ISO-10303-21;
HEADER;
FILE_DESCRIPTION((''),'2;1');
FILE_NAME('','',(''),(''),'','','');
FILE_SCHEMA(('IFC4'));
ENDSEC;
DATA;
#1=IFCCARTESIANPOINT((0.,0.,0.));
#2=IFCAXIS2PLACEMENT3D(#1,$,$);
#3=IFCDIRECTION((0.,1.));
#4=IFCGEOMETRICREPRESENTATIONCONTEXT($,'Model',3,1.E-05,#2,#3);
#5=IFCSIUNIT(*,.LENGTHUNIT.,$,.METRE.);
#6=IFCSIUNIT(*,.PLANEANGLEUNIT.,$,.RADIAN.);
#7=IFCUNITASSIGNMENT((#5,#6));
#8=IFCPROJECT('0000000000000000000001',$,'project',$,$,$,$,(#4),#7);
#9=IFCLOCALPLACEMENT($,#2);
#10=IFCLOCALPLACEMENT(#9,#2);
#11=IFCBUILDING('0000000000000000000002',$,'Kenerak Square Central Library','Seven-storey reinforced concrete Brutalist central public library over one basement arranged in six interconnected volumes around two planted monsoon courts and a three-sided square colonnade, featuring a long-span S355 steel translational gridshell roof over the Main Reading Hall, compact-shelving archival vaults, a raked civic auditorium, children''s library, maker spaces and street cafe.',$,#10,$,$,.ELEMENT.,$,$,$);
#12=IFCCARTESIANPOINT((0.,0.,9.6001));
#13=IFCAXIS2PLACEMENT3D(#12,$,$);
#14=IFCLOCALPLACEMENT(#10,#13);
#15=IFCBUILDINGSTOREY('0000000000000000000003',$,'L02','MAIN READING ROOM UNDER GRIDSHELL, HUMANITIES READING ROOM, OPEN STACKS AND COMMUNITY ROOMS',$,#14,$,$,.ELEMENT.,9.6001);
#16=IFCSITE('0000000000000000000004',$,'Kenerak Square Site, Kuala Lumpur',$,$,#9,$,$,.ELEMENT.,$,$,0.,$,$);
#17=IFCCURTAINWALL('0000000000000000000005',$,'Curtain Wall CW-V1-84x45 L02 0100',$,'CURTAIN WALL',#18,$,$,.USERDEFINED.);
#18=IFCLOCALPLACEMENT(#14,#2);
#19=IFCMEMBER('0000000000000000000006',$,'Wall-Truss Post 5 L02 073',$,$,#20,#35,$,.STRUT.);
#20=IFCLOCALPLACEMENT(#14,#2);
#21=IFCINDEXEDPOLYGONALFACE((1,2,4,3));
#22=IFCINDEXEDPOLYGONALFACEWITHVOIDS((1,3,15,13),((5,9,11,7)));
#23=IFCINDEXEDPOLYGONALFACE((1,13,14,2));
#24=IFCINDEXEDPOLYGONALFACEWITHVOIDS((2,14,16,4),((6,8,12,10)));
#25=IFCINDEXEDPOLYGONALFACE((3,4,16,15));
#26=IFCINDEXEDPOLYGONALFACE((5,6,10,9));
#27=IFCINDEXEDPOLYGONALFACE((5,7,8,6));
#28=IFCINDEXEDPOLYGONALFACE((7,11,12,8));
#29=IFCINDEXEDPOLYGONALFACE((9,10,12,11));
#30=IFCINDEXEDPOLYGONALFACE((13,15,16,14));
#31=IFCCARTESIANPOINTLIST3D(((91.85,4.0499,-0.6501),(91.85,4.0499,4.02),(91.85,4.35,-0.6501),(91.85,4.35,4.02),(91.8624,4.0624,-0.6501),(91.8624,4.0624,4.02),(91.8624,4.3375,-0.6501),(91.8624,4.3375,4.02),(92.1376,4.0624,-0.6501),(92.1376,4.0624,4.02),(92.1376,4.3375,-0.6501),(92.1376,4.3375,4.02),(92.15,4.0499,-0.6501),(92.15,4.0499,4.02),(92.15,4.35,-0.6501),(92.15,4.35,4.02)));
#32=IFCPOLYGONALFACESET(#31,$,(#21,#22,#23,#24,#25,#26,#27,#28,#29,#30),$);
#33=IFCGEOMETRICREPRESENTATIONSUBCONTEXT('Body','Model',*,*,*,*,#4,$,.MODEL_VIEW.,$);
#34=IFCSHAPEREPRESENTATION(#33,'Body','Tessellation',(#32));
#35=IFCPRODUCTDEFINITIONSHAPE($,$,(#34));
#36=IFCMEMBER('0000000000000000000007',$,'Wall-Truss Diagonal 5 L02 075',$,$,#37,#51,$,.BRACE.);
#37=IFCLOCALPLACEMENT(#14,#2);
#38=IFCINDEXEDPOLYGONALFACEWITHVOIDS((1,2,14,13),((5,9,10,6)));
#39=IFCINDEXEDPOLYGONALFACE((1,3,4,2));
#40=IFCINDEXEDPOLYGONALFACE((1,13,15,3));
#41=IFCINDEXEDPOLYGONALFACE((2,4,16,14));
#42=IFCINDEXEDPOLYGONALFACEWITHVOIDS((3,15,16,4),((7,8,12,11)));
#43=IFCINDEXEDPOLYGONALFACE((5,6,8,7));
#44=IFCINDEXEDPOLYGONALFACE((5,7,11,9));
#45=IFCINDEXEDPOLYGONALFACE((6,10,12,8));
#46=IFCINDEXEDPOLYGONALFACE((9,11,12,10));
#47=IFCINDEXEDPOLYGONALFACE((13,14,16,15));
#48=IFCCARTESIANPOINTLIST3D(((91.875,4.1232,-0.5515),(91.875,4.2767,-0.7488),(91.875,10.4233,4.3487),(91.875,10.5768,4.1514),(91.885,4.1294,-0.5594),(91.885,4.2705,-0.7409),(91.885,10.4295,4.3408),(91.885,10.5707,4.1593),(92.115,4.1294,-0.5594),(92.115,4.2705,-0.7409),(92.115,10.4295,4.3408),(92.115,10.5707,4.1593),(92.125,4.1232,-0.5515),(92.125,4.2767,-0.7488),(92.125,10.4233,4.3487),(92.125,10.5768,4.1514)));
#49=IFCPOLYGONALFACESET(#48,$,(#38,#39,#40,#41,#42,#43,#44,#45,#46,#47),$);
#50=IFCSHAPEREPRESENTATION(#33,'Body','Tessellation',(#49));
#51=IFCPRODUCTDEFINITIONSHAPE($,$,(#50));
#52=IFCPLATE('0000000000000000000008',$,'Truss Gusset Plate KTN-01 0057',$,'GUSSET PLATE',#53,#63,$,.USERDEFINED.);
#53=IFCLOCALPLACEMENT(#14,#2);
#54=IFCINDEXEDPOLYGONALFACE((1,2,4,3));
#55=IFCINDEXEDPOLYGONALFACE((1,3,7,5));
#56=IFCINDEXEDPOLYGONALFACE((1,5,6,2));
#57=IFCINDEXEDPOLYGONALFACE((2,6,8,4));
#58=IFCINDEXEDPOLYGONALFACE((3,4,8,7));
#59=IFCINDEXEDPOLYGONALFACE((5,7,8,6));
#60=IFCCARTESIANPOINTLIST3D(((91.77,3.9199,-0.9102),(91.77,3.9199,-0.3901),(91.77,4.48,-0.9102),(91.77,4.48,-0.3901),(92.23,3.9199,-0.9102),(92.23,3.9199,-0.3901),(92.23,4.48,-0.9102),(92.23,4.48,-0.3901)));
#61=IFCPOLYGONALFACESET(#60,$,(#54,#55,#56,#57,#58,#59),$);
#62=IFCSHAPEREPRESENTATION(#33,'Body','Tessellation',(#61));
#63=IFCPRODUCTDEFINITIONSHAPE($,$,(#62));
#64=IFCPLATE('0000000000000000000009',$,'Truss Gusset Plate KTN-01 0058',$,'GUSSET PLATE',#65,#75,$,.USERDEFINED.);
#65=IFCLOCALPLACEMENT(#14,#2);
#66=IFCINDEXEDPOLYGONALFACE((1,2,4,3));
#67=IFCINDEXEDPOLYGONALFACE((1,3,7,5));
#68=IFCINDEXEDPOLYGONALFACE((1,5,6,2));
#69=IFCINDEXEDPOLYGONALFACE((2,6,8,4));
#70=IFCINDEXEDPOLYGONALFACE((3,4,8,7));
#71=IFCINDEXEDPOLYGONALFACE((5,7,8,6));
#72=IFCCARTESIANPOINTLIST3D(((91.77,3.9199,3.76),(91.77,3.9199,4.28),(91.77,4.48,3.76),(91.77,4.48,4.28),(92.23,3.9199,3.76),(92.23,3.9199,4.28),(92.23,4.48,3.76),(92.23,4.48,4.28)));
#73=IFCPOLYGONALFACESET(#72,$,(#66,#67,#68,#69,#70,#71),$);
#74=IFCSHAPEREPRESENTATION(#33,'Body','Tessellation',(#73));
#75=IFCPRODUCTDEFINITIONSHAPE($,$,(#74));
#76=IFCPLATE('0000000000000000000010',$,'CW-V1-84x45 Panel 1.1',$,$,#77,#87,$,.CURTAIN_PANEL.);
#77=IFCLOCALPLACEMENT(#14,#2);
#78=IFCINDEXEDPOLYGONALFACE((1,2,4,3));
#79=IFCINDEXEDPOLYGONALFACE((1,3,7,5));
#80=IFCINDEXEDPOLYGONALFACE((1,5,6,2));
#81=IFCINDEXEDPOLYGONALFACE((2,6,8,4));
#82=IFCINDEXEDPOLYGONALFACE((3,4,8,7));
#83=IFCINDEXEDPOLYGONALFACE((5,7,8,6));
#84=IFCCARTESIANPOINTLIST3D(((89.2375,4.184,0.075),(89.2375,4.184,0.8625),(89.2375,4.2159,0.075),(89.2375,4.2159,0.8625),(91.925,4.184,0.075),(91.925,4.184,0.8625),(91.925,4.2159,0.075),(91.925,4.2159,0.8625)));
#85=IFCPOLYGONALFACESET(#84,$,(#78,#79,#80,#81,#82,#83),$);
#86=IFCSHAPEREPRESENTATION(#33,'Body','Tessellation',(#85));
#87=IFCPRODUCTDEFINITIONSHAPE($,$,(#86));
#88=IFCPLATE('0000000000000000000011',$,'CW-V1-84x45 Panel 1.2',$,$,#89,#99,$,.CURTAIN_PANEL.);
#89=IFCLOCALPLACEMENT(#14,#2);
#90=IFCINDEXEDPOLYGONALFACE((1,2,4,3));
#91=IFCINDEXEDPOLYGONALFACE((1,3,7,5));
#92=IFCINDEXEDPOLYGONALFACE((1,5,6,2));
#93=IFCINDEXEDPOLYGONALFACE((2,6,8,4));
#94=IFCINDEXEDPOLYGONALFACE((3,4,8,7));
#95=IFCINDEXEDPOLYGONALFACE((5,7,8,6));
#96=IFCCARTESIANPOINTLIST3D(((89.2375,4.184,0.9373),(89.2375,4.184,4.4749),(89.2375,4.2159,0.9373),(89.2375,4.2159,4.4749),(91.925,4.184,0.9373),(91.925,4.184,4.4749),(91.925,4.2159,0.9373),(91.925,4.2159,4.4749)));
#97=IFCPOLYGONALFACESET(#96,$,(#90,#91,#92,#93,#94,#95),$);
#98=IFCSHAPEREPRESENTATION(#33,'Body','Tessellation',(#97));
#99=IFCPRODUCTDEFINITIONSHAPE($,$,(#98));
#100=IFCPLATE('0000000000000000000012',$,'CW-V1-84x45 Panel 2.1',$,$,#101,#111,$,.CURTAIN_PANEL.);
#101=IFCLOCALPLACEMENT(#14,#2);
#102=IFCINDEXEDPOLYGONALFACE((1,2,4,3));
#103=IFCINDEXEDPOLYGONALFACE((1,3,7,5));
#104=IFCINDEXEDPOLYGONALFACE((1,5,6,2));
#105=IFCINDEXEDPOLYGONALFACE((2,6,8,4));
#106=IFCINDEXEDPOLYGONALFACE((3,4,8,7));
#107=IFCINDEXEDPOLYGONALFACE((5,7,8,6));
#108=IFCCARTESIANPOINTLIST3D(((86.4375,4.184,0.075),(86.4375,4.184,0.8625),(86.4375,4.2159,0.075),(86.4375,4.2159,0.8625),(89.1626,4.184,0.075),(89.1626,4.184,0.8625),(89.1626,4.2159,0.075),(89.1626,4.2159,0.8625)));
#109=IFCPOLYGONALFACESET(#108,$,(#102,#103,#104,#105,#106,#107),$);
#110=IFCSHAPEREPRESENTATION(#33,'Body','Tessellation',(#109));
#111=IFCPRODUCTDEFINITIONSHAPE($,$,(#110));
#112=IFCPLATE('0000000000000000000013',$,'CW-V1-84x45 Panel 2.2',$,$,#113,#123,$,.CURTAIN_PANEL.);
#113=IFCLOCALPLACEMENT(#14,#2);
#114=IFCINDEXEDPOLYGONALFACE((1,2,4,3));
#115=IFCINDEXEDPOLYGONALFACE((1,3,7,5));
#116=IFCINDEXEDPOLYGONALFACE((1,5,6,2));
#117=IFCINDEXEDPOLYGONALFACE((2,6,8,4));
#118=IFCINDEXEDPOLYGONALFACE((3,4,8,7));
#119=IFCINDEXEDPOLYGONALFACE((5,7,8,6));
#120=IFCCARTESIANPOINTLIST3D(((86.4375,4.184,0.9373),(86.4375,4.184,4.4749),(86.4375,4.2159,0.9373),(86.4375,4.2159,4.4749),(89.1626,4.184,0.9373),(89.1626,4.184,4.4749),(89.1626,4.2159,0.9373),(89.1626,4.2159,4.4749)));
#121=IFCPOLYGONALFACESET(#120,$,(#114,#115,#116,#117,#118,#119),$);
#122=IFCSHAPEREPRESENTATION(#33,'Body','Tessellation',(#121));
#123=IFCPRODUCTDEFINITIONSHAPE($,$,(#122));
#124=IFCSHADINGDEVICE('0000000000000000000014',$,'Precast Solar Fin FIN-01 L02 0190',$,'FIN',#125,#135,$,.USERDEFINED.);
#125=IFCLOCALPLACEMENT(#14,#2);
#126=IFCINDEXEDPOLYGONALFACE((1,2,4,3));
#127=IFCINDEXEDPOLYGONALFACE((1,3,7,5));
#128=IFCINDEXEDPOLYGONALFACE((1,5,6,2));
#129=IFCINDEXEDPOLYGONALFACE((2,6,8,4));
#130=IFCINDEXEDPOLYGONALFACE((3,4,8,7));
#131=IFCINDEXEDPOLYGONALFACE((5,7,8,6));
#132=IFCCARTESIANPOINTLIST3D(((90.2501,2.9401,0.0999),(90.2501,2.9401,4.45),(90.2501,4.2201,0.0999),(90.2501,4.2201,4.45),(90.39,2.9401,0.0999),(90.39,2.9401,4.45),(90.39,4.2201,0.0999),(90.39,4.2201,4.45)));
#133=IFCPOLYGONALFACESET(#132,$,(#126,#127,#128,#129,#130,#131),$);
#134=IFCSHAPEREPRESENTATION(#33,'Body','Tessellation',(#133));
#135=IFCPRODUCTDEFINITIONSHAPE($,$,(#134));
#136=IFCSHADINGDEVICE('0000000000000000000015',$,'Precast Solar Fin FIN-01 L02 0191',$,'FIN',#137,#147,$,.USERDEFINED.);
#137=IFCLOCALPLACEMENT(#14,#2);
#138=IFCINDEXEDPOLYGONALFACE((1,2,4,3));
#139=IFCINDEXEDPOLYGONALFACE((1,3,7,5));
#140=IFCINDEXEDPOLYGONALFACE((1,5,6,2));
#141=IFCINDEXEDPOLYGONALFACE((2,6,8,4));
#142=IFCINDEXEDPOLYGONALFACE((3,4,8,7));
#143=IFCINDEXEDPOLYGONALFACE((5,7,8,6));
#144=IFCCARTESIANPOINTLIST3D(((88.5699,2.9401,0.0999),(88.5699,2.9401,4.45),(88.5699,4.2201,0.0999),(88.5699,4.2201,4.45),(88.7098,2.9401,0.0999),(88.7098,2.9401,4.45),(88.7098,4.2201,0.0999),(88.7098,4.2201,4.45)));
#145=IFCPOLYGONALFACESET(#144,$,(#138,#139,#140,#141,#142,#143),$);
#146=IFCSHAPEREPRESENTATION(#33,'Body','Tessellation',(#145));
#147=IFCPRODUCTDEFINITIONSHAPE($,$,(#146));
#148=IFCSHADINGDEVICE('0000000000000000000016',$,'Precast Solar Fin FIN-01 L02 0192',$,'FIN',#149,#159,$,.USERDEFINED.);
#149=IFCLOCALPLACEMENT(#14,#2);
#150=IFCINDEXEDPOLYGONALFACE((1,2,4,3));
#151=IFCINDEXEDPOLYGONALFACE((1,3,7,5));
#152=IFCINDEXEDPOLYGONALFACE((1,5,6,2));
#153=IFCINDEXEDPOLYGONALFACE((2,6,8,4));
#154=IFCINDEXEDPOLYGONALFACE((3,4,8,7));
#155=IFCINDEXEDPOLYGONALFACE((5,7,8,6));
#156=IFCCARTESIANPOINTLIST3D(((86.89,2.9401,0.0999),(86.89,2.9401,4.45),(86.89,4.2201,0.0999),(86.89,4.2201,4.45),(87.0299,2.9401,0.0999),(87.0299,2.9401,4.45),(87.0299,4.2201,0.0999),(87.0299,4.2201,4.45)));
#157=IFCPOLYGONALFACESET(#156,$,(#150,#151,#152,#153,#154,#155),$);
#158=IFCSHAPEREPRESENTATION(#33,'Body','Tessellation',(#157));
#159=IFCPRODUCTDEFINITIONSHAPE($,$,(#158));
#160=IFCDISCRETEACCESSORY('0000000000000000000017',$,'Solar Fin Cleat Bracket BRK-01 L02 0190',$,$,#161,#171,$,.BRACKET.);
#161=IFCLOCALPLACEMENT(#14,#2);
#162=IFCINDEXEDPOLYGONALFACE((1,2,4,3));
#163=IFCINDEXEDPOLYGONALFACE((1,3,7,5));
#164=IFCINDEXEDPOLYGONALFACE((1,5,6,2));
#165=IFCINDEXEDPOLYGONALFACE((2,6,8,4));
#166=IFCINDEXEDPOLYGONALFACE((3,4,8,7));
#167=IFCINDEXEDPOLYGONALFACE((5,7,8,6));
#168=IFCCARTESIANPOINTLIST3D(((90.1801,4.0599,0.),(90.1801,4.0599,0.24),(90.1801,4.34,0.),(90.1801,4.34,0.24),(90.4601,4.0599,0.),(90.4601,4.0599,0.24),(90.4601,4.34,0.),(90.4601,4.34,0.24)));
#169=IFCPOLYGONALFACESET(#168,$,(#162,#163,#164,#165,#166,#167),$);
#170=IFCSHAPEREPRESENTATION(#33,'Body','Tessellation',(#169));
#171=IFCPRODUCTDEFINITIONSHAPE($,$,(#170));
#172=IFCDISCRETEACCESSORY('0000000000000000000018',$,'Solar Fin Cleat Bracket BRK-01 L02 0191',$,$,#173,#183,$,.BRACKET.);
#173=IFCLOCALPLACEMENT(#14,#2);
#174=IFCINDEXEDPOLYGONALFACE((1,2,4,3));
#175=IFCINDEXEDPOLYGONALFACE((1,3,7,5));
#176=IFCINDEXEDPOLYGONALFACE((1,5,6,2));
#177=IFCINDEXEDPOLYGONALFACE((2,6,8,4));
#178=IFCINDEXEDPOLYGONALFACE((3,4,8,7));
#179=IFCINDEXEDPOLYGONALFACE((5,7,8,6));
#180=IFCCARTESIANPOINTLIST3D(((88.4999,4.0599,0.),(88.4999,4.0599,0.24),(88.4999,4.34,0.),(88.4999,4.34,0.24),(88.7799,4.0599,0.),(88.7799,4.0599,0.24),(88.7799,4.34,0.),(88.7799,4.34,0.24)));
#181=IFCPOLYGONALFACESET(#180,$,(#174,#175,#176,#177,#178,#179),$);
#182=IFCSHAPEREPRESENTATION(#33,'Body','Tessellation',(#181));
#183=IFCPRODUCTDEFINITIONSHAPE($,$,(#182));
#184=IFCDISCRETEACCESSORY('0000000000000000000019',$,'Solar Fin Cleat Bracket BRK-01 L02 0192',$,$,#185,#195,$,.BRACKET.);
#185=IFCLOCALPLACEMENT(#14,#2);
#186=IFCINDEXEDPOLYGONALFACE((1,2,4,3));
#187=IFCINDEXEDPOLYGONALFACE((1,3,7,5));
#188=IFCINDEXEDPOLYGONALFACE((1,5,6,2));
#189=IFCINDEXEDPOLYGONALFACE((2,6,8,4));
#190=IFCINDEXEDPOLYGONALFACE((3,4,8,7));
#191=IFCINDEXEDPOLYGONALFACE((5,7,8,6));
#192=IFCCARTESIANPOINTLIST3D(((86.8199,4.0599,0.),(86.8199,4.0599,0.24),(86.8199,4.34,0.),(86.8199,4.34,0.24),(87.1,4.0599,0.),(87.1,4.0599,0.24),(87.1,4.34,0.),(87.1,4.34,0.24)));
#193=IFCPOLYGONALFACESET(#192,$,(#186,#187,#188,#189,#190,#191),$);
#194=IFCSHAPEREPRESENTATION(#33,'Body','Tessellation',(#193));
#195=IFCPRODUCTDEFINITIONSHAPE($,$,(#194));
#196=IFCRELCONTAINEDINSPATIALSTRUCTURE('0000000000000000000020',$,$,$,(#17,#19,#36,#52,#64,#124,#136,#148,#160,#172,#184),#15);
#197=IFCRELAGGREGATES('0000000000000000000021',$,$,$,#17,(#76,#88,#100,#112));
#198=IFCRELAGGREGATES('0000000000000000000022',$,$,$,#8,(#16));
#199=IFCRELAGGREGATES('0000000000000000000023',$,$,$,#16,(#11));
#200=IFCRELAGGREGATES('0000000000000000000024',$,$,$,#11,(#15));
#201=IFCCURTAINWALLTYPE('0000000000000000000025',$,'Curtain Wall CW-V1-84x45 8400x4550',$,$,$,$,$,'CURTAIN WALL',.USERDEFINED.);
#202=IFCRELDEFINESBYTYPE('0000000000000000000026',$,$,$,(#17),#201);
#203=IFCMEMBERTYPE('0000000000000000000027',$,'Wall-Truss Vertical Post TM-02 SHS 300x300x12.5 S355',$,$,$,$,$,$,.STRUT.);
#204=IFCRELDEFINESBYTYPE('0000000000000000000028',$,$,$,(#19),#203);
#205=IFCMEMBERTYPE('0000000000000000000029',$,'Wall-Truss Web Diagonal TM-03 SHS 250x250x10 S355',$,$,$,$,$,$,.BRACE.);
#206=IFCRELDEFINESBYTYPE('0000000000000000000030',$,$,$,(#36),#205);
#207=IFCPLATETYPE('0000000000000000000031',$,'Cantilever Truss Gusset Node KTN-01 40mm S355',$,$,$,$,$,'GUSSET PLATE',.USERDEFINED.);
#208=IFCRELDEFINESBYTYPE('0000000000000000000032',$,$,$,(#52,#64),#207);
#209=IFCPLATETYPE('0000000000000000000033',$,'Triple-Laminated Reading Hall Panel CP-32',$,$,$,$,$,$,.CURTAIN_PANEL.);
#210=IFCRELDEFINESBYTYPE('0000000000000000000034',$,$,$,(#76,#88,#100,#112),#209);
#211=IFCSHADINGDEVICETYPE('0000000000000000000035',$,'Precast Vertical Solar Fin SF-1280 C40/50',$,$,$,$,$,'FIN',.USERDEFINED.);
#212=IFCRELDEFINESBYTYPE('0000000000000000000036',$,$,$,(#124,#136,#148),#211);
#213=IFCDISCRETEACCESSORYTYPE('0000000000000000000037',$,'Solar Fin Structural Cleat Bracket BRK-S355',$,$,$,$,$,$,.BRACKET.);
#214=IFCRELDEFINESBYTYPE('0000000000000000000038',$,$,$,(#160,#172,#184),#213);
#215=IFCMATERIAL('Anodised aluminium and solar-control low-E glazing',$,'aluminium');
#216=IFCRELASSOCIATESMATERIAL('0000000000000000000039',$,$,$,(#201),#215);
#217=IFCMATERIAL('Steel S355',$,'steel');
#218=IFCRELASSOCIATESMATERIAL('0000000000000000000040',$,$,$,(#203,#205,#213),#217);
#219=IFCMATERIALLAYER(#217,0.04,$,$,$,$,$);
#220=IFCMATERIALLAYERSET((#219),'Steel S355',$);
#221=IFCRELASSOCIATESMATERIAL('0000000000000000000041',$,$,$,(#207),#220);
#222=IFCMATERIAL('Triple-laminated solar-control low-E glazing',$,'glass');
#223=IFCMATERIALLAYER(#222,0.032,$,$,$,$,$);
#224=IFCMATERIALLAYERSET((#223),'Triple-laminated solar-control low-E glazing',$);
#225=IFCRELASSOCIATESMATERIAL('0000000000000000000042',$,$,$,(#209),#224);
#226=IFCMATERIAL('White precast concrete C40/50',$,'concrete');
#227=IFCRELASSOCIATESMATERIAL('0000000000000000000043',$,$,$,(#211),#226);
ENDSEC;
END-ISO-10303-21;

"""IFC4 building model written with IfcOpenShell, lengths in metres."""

from ifc_helpers import new_model, si_unit, direction, frame, origin, origin_2d, place, context, subcontext, project, spatial, rectangle, hollow_rectangle, extrude, material, layer, layer_set, material_profile, profile_set, type_object, element, aggregate, save


model = new_model("IFC4")

# Units and contexts
model_context = context("Model", 3, precision=1e-05, world=origin(), true_north=direction((0.0, 1.0)))
body_context = subcontext(model_context, "Body", "Model", "MODEL_VIEW")
ifc_project = project(units=[si_unit("LENGTHUNIT", "METRE"), si_unit("PLANEANGLEUNIT", "RADIAN")], contexts=[model_context])

# Site, building, storey
site_placement = place(None, origin())
site = spatial("IfcSite", under=ifc_project, at=site_placement, Name="Kenerak Square Site, Kuala Lumpur", CompositionType="ELEMENT", RefElevation=0.0)
building_placement = place(site_placement, origin())
building = spatial("IfcBuilding", under=site, at=building_placement, Name="Kenerak Square Central Library", Description="Seven-storey reinforced concrete Brutalist central public library over one basement arranged in six interconnected volumes around two planted monsoon courts and a three-sided square colonnade, featuring a long-span S355 steel translational gridshell roof over the Main Reading Hall, compact-shelving archival vaults, a raked civic auditorium, children's library, maker spaces and street cafe.", CompositionType="ELEMENT")
storey_placement = place(building_placement, frame((0.0, 0.0, 9.6001)))
storey = spatial("IfcBuildingStorey", under=building, at=storey_placement, Name="L02", Description="MAIN READING ROOM UNDER GRIDSHELL, HUMANITIES READING ROOM, OPEN STACKS AND COMMUNITY ROOMS", CompositionType="ELEMENT", Elevation=9.6001)

# Shared definitions
ifc_material_1 = material(Name="Anodised aluminium and solar-control low-E glazing", Category="aluminium")
curtain_wall_type = type_object("IfcCurtainWallType", Name="Curtain Wall CW-V1-84x45 8400x4550", ElementType="CURTAIN WALL", PredefinedType="USERDEFINED", material=ifc_material_1)

# Curtain wall
curtain_wall_1_placement = place(storey_placement, origin())
curtain_wall_1 = element("IfcCurtainWall", 1, at=curtain_wall_1_placement, inside=storey, type_object=curtain_wall_type, Name="Curtain Wall CW-V1-84x45 L02 0100", ObjectType="CURTAIN WALL", PredefinedType="USERDEFINED")

# Members
ifc_material_2 = material(Name="Steel S355", Category="steel")
ifc_material_profile_1 = material_profile(ifc_material_2, hollow_rectangle(XDim=0.3, YDim=0.3, WallThickness=0.0125, at=origin_2d()), Name="SHS 300x300x12.5")
ifc_profile_set_1 = profile_set([ifc_material_profile_1], Name="Steel S355")
member_type_1 = type_object("IfcMemberType", Name="Wall-Truss Vertical Post TM-02 SHS 300x300x12.5 S355", PredefinedType="STRUT", material=ifc_profile_set_1)
member_1_placement = place(storey_placement, frame((92.0, 4.2, -0.6501), z_axis=(0.0, 0.0, 1.0), x_axis=(1.0, 0.0, 0.0)))
element("IfcMember", 2, at=member_1_placement, inside=storey, type_object=member_type_1, Name="Wall-Truss Post 5 L02 073", PredefinedType="STRUT", context=body_context, shape_type="SweptSolid", body=[
    extrude(hollow_rectangle(XDim=0.3, YDim=0.3, WallThickness=0.0125, at=origin_2d()), origin(), (0.0, 0.0, 1.0), 4.6702),
])
ifc_material_profile_2 = material_profile(ifc_material_2, hollow_rectangle(XDim=0.25, YDim=0.25, WallThickness=0.01, at=origin_2d()), Name="SHS 250x250x10.0")
ifc_profile_set_2 = profile_set([ifc_material_profile_2], Name="Steel S355")
member_type_2 = type_object("IfcMemberType", Name="Wall-Truss Web Diagonal TM-03 SHS 250x250x10 S355", PredefinedType="BRACE", material=ifc_profile_set_2)
member_2_placement = place(storey_placement, frame((92.0, 4.2, -0.6501), z_axis=(0.0, 0.789346, 0.613949), x_axis=(-1.0, 0.0, 0.0)))
element("IfcMember", 3, at=member_2_placement, inside=storey, type_object=member_type_2, Name="Wall-Truss Diagonal 5 L02 075", PredefinedType="BRACE", context=body_context, shape_type="SweptSolid", body=[
    extrude(hollow_rectangle(XDim=0.25, YDim=0.25, WallThickness=0.01, at=origin_2d()), origin(), (0.0, 0.0, 1.0), 7.9814),
])

# Plates
ifc_layer_1 = layer(ifc_material_2, 0.04)
ifc_layer_set_1 = layer_set([ifc_layer_1], Name="Steel S355")
plate_type_1 = type_object("IfcPlateType", Name="Cantilever Truss Gusset Node KTN-01 40mm S355", ElementType="GUSSET PLATE", PredefinedType="USERDEFINED", material=ifc_layer_set_1)
for number, where, z_axis, x_axis, name in (
    (4, (92.0, 4.2, -0.9102), (0.0, 0.0, 1.0), (1.0, 0.0, 0.0), "Truss Gusset Plate KTN-01 0057"),
    (5, (92.0, 4.2, 3.76), (0.0, 0.0, 1.0), (1.0, 0.0, 0.0), "Truss Gusset Plate KTN-01 0058"),
):
    element("IfcPlate", number, at=place(storey_placement, frame(where, z_axis=z_axis, x_axis=x_axis)), inside=storey, type_object=plate_type_1, Name=name, ObjectType="GUSSET PLATE", PredefinedType="USERDEFINED", context=body_context, shape_type="SweptSolid", body=[
        extrude(rectangle(XDim=0.46, YDim=0.5601, at=origin_2d()), origin(), (0.0, 0.0, 1.0), 0.52),
    ])

# Plates
ifc_material_3 = material(Name="Triple-laminated solar-control low-E glazing", Category="glass")
ifc_layer_2 = layer(ifc_material_3, 0.032)
ifc_layer_set_2 = layer_set([ifc_layer_2], Name="Triple-laminated solar-control low-E glazing")
plate_type_2 = type_object("IfcPlateType", Name="Triple-Laminated Reading Hall Panel CP-32", PredefinedType="CURTAIN_PANEL", material=ifc_layer_set_2)
plate_1_placement = place(storey_placement, frame((90.5813, 4.2, 0.075), z_axis=(0.0, 0.0, 1.0), x_axis=(-1.0, 0.0, 0.0)))
plate_1 = element("IfcPlate", 6, at=plate_1_placement, type_object=plate_type_2, Name="CW-V1-84x45 Panel 1.1", PredefinedType="CURTAIN_PANEL", context=body_context, shape_type="SweptSolid", body=[
    extrude(rectangle(XDim=2.6875, YDim=0.032, at=origin_2d()), origin(), (0.0, 0.0, 1.0), 0.7876),
])
plate_2_placement = place(storey_placement, frame((90.5813, 4.2, 0.9373), z_axis=(0.0, 0.0, 1.0), x_axis=(-1.0, 0.0, 0.0)))
plate_2 = element("IfcPlate", 7, at=plate_2_placement, type_object=plate_type_2, Name="CW-V1-84x45 Panel 1.2", PredefinedType="CURTAIN_PANEL", context=body_context, shape_type="SweptSolid", body=[
    extrude(rectangle(XDim=2.6875, YDim=0.032, at=origin_2d()), origin(), (0.0, 0.0, 1.0), 3.5376),
])
plate_3_placement = place(storey_placement, frame((87.8, 4.2, 0.075), z_axis=(0.0, 0.0, 1.0), x_axis=(-1.0, 0.0, 0.0)))
plate_3 = element("IfcPlate", 8, at=plate_3_placement, type_object=plate_type_2, Name="CW-V1-84x45 Panel 2.1", PredefinedType="CURTAIN_PANEL", context=body_context, shape_type="SweptSolid", body=[
    extrude(rectangle(XDim=2.7251, YDim=0.032, at=origin_2d()), origin(), (0.0, 0.0, 1.0), 0.7876),
])
plate_4_placement = place(storey_placement, frame((87.8, 4.2, 0.9373), z_axis=(0.0, 0.0, 1.0), x_axis=(-1.0, 0.0, 0.0)))
plate_4 = element("IfcPlate", 9, at=plate_4_placement, type_object=plate_type_2, Name="CW-V1-84x45 Panel 2.2", PredefinedType="CURTAIN_PANEL", context=body_context, shape_type="SweptSolid", body=[
    extrude(rectangle(XDim=2.7251, YDim=0.032, at=origin_2d()), origin(), (0.0, 0.0, 1.0), 3.5376),
])
aggregate(curtain_wall_1, [plate_1, plate_2, plate_3, plate_4])

# Shading devices
ifc_material_4 = material(Name="White precast concrete C40/50", Category="concrete")
shading_device_type = type_object("IfcShadingDeviceType", Name="Precast Vertical Solar Fin SF-1280 C40/50", ElementType="FIN", PredefinedType="USERDEFINED", material=ifc_material_4)
for number, where, z_axis, x_axis, name in (
    (10, (90.3201, 3.5801, 0.0999), (0.0, 0.0, 1.0), (-1.0, 0.0, 0.0), "Precast Solar Fin FIN-01 L02 0190"),
    (11, (88.6399, 3.5801, 0.0999), (0.0, 0.0, 1.0), (-1.0, 0.0, 0.0), "Precast Solar Fin FIN-01 L02 0191"),
    (12, (86.96, 3.5801, 0.0999), (0.0, 0.0, 1.0), (-1.0, 0.0, 0.0), "Precast Solar Fin FIN-01 L02 0192"),
):
    element("IfcShadingDevice", number, at=place(storey_placement, frame(where, z_axis=z_axis, x_axis=x_axis)), inside=storey, type_object=shading_device_type, Name=name, ObjectType="FIN", PredefinedType="USERDEFINED", context=body_context, shape_type="SweptSolid", body=[
        extrude(rectangle(XDim=0.1399, YDim=1.28, at=origin_2d()), origin(), (0.0, 0.0, 1.0), 4.3501),
    ])

# Discrete accessories
discrete_accessory_type = type_object("IfcDiscreteAccessoryType", Name="Solar Fin Structural Cleat Bracket BRK-S355", PredefinedType="BRACKET", material=ifc_material_2)
for number, where, z_axis, x_axis, name in (
    (13, (90.3201, 4.2, 0.0), (0.0, 0.0, 1.0), (-1.0, 0.0, 0.0), "Solar Fin Cleat Bracket BRK-01 L02 0190"),
    (14, (88.6399, 4.2, 0.0), (0.0, 0.0, 1.0), (-1.0, 0.0, 0.0), "Solar Fin Cleat Bracket BRK-01 L02 0191"),
    (15, (86.96, 4.2, 0.0), (0.0, 0.0, 1.0), (-1.0, 0.0, 0.0), "Solar Fin Cleat Bracket BRK-01 L02 0192"),
):
    element("IfcDiscreteAccessory", number, at=place(storey_placement, frame(where, z_axis=z_axis, x_axis=x_axis)), inside=storey, type_object=discrete_accessory_type, Name=name, PredefinedType="BRACKET", context=body_context, shape_type="SweptSolid", body=[
        extrude(rectangle(XDim=0.28, YDim=0.28, at=origin_2d()), origin(), (0.0, 0.0, 1.0), 0.24),
    ])

save(model, "model.ifc")
